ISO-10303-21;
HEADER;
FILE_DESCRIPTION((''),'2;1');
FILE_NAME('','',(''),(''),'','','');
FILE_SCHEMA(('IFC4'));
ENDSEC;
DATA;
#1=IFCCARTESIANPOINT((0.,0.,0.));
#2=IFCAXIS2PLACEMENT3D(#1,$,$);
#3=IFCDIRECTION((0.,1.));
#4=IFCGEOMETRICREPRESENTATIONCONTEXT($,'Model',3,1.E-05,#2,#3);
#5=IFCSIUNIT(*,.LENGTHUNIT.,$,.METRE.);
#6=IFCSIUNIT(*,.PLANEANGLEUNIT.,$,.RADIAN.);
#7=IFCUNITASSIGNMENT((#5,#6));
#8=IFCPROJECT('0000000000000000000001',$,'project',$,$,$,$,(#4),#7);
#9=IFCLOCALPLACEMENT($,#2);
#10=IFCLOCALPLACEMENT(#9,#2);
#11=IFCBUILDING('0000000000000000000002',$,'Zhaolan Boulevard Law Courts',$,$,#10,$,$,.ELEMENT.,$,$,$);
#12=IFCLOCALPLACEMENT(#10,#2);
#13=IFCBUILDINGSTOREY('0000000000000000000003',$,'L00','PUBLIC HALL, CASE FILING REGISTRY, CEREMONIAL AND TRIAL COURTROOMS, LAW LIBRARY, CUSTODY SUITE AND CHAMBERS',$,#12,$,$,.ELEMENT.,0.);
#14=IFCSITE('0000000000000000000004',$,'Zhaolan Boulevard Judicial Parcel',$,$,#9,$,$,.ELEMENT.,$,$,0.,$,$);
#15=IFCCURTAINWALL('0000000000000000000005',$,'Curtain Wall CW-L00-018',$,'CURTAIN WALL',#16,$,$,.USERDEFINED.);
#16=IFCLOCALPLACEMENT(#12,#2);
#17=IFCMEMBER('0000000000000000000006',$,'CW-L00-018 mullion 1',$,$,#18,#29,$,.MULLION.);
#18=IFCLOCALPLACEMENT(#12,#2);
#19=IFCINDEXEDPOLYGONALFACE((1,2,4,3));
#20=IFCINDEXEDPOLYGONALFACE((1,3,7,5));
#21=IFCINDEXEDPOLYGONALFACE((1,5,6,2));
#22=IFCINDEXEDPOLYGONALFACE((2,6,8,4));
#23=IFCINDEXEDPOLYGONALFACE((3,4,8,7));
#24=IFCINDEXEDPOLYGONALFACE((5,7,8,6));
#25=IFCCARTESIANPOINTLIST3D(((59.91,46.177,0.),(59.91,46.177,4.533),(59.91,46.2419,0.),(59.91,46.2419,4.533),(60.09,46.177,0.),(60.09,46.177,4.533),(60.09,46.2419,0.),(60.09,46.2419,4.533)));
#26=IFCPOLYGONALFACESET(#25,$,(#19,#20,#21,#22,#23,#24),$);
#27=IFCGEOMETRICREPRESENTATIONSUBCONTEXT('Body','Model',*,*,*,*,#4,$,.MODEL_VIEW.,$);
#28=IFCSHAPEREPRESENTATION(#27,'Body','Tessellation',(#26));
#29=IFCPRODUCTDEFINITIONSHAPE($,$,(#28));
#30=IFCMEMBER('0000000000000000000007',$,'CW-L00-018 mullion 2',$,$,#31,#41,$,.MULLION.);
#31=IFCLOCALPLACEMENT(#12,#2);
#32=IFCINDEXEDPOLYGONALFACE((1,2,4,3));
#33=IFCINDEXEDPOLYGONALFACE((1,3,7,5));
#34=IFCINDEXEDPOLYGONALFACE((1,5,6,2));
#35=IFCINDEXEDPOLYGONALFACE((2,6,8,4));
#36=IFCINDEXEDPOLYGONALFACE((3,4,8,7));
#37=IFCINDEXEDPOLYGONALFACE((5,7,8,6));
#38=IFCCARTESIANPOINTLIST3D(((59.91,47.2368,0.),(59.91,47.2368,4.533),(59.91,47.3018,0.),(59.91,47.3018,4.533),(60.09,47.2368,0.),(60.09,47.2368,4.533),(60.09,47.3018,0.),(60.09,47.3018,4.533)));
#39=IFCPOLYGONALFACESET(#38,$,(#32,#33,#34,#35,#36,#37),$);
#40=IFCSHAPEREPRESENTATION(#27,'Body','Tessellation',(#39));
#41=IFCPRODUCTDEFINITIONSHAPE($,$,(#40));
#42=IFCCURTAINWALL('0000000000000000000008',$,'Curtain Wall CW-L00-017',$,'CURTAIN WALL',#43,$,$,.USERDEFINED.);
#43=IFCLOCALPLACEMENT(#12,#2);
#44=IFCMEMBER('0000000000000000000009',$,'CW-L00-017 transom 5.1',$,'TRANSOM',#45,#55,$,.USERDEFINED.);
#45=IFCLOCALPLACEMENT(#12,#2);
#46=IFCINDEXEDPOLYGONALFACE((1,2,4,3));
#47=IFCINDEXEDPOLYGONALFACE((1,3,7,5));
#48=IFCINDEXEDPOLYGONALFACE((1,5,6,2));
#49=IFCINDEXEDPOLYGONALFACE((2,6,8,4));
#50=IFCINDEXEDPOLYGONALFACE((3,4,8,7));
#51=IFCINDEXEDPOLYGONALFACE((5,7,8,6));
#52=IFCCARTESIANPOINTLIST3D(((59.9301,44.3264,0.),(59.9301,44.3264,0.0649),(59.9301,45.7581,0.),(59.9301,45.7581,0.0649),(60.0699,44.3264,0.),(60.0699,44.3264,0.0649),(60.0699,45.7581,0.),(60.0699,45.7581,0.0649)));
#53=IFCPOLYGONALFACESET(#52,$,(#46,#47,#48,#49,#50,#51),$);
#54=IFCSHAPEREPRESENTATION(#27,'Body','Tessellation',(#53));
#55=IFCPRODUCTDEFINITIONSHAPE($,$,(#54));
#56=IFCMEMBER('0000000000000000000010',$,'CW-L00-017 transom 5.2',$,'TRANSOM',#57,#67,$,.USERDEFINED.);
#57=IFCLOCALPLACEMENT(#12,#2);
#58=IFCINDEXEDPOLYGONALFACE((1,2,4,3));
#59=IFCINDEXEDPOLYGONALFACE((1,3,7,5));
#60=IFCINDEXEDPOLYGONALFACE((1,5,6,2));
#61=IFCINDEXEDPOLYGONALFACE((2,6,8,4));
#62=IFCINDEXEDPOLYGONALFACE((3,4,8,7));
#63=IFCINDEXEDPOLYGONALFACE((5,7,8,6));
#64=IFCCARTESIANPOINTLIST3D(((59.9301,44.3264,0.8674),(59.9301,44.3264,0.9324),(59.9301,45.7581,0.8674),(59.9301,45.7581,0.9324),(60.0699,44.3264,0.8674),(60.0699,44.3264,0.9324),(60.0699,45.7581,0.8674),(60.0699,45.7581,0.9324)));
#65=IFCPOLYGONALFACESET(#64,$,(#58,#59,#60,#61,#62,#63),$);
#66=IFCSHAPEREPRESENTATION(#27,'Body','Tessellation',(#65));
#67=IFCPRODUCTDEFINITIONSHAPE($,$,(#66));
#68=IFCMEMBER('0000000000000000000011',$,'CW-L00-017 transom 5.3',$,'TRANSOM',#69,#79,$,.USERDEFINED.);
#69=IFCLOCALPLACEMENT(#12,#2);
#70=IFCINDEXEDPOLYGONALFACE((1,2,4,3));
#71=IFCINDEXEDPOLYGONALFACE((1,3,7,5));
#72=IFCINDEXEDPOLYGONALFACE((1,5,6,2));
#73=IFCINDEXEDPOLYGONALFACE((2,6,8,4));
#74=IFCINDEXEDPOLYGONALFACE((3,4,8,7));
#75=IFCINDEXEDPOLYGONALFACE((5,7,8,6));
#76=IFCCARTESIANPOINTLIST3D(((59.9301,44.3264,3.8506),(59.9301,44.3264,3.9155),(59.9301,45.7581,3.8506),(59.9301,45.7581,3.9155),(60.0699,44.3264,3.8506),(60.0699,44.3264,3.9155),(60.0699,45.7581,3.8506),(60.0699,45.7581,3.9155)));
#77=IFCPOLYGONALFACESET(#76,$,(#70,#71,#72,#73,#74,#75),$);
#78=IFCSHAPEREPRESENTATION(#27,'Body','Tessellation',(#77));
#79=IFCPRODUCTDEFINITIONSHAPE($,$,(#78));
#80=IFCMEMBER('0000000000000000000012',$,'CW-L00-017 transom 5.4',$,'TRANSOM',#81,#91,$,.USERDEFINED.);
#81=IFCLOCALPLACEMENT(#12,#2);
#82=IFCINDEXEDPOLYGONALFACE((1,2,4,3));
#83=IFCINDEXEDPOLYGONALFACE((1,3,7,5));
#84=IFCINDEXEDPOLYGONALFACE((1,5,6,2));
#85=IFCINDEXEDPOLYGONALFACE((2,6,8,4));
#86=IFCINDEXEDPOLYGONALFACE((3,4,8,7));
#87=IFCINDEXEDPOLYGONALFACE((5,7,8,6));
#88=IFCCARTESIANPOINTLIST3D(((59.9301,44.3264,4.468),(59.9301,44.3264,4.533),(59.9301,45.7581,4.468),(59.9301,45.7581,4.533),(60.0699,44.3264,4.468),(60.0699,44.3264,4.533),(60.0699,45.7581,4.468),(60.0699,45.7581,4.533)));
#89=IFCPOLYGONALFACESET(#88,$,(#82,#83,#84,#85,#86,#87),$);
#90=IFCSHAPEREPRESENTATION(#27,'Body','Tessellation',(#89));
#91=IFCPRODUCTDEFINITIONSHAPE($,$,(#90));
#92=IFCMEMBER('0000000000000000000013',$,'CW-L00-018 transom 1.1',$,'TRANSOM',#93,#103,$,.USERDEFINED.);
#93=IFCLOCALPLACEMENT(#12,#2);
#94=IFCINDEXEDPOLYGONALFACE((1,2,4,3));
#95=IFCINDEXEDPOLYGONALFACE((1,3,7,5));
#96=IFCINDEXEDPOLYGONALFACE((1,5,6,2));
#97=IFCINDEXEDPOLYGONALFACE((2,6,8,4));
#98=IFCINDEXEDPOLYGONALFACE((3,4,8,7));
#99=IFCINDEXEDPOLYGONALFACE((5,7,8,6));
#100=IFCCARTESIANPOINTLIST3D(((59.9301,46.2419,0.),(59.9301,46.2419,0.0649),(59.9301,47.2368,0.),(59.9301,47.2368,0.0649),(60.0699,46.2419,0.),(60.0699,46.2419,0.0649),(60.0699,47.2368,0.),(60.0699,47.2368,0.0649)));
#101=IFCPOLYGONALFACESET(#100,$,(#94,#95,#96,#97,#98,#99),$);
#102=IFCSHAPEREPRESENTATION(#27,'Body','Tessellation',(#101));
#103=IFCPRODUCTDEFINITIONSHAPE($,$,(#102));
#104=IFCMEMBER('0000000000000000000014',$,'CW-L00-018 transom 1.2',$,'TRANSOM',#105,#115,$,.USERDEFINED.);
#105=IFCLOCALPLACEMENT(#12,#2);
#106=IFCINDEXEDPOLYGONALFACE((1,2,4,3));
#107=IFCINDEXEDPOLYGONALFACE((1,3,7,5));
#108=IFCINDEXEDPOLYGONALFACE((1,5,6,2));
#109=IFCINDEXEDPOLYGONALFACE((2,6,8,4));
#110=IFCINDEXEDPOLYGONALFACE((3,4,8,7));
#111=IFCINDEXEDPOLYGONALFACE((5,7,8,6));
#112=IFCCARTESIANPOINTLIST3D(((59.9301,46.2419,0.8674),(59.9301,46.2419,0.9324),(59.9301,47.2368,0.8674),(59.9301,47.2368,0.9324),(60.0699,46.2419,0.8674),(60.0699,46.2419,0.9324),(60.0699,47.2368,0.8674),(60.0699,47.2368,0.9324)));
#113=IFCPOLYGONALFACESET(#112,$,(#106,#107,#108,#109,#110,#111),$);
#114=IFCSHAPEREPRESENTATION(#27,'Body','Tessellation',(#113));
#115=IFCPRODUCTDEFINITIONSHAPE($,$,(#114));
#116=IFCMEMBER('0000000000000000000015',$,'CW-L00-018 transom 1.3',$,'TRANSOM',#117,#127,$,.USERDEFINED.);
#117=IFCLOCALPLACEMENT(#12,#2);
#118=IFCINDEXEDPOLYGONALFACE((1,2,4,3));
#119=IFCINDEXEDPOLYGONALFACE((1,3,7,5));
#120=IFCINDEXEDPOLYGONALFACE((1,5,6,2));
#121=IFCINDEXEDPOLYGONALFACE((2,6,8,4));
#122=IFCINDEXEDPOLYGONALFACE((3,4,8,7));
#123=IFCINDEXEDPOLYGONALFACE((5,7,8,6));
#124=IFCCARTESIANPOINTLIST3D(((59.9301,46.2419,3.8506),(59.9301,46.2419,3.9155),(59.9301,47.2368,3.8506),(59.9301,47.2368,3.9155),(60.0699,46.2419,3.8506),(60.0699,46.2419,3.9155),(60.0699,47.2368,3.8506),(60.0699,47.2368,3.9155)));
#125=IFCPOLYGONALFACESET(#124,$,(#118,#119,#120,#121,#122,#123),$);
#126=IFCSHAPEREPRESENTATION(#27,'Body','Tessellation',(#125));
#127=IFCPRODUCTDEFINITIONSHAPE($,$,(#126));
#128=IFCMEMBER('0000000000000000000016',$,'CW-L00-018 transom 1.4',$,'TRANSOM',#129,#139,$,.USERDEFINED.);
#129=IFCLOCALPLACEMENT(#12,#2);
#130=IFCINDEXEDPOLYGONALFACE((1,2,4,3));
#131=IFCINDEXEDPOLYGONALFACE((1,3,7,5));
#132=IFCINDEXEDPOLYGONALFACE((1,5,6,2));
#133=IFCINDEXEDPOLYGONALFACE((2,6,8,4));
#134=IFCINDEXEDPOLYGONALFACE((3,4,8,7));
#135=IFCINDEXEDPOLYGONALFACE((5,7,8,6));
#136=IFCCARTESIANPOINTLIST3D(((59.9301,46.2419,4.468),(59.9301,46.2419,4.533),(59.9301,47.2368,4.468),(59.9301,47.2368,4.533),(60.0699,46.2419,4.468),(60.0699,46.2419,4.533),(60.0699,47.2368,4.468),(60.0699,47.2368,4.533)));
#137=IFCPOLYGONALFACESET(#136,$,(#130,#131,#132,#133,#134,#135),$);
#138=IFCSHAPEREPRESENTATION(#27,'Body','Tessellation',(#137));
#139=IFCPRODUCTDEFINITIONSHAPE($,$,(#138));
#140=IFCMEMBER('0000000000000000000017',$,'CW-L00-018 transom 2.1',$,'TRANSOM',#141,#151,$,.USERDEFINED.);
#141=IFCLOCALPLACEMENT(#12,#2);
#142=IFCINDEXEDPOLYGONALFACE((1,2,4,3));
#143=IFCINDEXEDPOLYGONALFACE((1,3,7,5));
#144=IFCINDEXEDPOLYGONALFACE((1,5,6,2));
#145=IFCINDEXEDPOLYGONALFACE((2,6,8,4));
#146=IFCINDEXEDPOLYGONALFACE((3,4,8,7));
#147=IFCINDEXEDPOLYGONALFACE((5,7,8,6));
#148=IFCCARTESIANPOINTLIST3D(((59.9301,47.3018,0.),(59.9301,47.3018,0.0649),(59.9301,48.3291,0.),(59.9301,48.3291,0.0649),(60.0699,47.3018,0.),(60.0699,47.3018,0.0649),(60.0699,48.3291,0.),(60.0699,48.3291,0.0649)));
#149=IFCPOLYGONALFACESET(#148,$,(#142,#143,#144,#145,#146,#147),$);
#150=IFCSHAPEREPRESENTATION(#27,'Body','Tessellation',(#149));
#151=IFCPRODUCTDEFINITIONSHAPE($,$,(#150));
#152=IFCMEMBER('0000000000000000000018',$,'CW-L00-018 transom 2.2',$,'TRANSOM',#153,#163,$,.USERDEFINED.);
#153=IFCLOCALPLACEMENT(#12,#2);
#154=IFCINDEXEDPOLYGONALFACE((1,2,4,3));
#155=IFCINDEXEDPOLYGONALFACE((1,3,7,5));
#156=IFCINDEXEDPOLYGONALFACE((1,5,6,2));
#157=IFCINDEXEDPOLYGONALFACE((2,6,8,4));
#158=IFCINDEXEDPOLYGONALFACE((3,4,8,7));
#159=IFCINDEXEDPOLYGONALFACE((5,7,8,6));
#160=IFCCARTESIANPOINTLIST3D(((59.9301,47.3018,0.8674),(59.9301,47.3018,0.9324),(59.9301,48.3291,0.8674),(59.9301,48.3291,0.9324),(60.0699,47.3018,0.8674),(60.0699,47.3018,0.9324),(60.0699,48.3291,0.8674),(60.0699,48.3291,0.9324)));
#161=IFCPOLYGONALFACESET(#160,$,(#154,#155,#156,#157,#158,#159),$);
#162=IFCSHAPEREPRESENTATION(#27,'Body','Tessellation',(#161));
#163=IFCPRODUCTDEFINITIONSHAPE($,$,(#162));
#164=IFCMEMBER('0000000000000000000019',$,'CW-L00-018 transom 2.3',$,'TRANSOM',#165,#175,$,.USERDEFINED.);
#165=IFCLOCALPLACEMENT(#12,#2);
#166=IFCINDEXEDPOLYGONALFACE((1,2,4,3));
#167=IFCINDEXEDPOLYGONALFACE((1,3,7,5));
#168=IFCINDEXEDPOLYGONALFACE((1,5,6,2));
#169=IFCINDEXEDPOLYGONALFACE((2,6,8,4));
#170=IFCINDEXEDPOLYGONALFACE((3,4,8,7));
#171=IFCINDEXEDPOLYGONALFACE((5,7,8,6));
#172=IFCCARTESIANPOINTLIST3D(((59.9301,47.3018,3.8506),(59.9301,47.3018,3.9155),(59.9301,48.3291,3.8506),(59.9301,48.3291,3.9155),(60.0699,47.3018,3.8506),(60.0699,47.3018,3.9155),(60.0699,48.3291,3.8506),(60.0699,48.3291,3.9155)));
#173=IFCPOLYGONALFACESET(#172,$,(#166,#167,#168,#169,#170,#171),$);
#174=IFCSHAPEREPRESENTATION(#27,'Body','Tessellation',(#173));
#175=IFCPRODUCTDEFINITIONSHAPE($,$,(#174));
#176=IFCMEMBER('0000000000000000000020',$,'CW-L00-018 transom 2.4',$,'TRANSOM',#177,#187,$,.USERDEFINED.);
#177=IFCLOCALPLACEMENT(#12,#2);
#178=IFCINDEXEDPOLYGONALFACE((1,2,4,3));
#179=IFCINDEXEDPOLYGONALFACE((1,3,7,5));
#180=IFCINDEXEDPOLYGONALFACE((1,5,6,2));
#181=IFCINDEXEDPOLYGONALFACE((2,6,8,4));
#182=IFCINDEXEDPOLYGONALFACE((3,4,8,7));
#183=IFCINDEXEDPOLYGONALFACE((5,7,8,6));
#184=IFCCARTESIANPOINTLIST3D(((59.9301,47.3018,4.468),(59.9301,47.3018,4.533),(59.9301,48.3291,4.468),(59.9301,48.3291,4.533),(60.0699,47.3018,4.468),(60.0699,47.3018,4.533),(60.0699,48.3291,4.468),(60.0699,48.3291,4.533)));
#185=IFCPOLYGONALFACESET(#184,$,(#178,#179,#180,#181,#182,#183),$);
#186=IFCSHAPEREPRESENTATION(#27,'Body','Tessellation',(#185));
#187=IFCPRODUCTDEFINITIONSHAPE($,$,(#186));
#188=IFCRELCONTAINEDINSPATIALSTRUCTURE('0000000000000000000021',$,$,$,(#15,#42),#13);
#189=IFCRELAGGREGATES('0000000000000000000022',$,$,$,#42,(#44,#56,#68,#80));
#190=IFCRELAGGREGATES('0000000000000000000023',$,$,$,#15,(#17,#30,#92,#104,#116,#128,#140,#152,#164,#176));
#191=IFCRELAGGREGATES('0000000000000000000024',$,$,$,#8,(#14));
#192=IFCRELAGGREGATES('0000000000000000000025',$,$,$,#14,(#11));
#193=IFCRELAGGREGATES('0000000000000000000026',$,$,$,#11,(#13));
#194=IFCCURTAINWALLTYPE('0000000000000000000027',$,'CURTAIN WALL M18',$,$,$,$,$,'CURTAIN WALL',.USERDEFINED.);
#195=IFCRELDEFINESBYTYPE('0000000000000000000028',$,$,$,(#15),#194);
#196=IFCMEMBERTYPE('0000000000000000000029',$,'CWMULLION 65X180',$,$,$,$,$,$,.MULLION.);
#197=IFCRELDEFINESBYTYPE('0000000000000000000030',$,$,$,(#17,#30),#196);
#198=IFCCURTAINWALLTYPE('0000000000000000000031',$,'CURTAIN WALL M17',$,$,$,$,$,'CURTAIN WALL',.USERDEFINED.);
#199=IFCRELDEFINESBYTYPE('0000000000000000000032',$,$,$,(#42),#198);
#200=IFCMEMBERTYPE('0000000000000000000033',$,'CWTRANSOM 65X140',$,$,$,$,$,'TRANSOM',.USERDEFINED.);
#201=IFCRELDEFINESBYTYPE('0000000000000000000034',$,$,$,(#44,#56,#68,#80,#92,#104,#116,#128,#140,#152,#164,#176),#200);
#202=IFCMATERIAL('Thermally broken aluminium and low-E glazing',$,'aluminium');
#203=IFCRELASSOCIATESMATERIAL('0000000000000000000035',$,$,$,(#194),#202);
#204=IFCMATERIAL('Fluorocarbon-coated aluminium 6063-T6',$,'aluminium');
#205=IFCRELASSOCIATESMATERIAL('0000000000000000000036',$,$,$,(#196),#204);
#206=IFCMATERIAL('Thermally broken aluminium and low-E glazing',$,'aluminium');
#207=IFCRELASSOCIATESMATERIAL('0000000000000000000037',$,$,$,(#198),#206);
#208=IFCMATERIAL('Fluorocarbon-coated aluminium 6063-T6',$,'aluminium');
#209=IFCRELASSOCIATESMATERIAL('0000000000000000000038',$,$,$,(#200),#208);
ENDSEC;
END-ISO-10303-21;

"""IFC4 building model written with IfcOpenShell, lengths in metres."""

from ifc_helpers import new_model, si_unit, direction, frame, origin, origin_2d, place, context, subcontext, project, spatial, rectangle, extrude, material, material_profile, profile_set, type_object, element, aggregate, save


model = new_model("IFC4")

# Units and contexts
model_context = context("Model", 3, precision=1e-05, world=origin(), true_north=direction((0.0, 1.0)))
body_context = subcontext(model_context, "Body", "Model", "MODEL_VIEW")
ifc_project = project(units=[si_unit("LENGTHUNIT", "METRE"), si_unit("PLANEANGLEUNIT", "RADIAN")], contexts=[model_context])

# Site, building, storey
site_placement = place(None, origin())
site = spatial("IfcSite", under=ifc_project, at=site_placement, Name="Zhaolan Boulevard Judicial Parcel", CompositionType="ELEMENT", RefElevation=0.0)
building_placement = place(site_placement, origin())
building = spatial("IfcBuilding", under=site, at=building_placement, Name="Zhaolan Boulevard Law Courts", CompositionType="ELEMENT")
storey_placement = place(building_placement, origin())
storey = spatial("IfcBuildingStorey", under=building, at=storey_placement, Name="L00", Description="PUBLIC HALL, CASE FILING REGISTRY, CEREMONIAL AND TRIAL COURTROOMS, LAW LIBRARY, CUSTODY SUITE AND CHAMBERS", CompositionType="ELEMENT", Elevation=0.0)

# Curtain walls, members
ifc_material_1 = material(Name="Thermally broken aluminium and low-E glazing", Category="aluminium")
curtain_wall_type_1 = type_object("IfcCurtainWallType", Name="CURTAIN WALL M18", ElementType="CURTAIN WALL", PredefinedType="USERDEFINED", material=ifc_material_1)
curtain_wall_1_placement = place(storey_placement, origin())
curtain_wall_1 = element("IfcCurtainWall", 1, at=curtain_wall_1_placement, inside=storey, type_object=curtain_wall_type_1, Name="Curtain Wall CW-L00-018", ObjectType="CURTAIN WALL", PredefinedType="USERDEFINED")
ifc_material_2 = material(Name="Fluorocarbon-coated aluminium 6063-T6", Category="aluminium")
ifc_material_profile_1 = material_profile(ifc_material_2, rectangle(XDim=0.1799, YDim=0.0649, at=origin_2d()), Name="AL65x180")
ifc_profile_set_1 = profile_set([ifc_material_profile_1], Name="Fluorocarbon-coated aluminium 6063-T6")
member_type_1 = type_object("IfcMemberType", Name="CWMULLION 65X180", PredefinedType="MULLION", material=ifc_profile_set_1)
member_1_placement = place(storey_placement, frame((60.0, 46.2095, 0.0), z_axis=(0.0, 0.0, 1.0), x_axis=(-1.0, 0.0, 0.0)))
member_1 = element("IfcMember", 2, at=member_1_placement, type_object=member_type_1, Name="CW-L00-018 mullion 1", PredefinedType="MULLION", context=body_context, shape_type="SweptSolid", body=[
    extrude(rectangle(XDim=0.1799, YDim=0.0649, at=origin_2d()), origin(), (0.0, 0.0, 1.0), 4.533),
])
member_2_placement = place(storey_placement, frame((60.0, 47.2693, 0.0), z_axis=(0.0, 0.0, 1.0), x_axis=(-1.0, 0.0, 0.0)))
member_2 = element("IfcMember", 3, at=member_2_placement, type_object=member_type_1, Name="CW-L00-018 mullion 2", PredefinedType="MULLION", context=body_context, shape_type="SweptSolid", body=[
    extrude(rectangle(XDim=0.1799, YDim=0.0649, at=origin_2d()), origin(), (0.0, 0.0, 1.0), 4.533),
])
ifc_material_3 = material(Name="Thermally broken aluminium and low-E glazing", Category="aluminium")
curtain_wall_type_2 = type_object("IfcCurtainWallType", Name="CURTAIN WALL M17", ElementType="CURTAIN WALL", PredefinedType="USERDEFINED", material=ifc_material_3)
curtain_wall_2_placement = place(storey_placement, origin())
curtain_wall_2 = element("IfcCurtainWall", 4, at=curtain_wall_2_placement, inside=storey, type_object=curtain_wall_type_2, Name="Curtain Wall CW-L00-017", ObjectType="CURTAIN WALL", PredefinedType="USERDEFINED")
ifc_material_4 = material(Name="Fluorocarbon-coated aluminium 6063-T6", Category="aluminium")
ifc_material_profile_2 = material_profile(ifc_material_4, rectangle(XDim=0.1399, YDim=0.0649, at=origin_2d()), Name="AL65x140")
ifc_profile_set_2 = profile_set([ifc_material_profile_2], Name="Fluorocarbon-coated aluminium 6063-T6")
member_type_2 = type_object("IfcMemberType", Name="CWTRANSOM 65X140", ElementType="TRANSOM", PredefinedType="USERDEFINED", material=ifc_profile_set_2)
member_3_placement = place(storey_placement, frame((60.0, 44.3264, 0.0325), z_axis=(0.0, 1.0, 0.0), x_axis=(-1.0, 0.0, 0.0)))
member_3 = element("IfcMember", 5, at=member_3_placement, type_object=member_type_2, Name="CW-L00-017 transom 5.1", ObjectType="TRANSOM", PredefinedType="USERDEFINED", context=body_context, shape_type="SweptSolid", body=[
    extrude(rectangle(XDim=0.1399, YDim=0.0649, at=origin_2d()), origin(), (0.0, 0.0, 1.0), 1.4316),
])
member_4_placement = place(storey_placement, frame((60.0, 44.3264, 0.8999), z_axis=(0.0, 1.0, 0.0), x_axis=(-1.0, 0.0, 0.0)))
member_4 = element("IfcMember", 6, at=member_4_placement, type_object=member_type_2, Name="CW-L00-017 transom 5.2", ObjectType="TRANSOM", PredefinedType="USERDEFINED", context=body_context, shape_type="SweptSolid", body=[
    extrude(rectangle(XDim=0.1399, YDim=0.0649, at=origin_2d()), origin(), (0.0, 0.0, 1.0), 1.4316),
])
member_5_placement = place(storey_placement, frame((60.0, 44.3264, 3.8831), z_axis=(0.0, 1.0, 0.0), x_axis=(-1.0, 0.0, 0.0)))
member_5 = element("IfcMember", 7, at=member_5_placement, type_object=member_type_2, Name="CW-L00-017 transom 5.3", ObjectType="TRANSOM", PredefinedType="USERDEFINED", context=body_context, shape_type="SweptSolid", body=[
    extrude(rectangle(XDim=0.1399, YDim=0.0649, at=origin_2d()), origin(), (0.0, 0.0, 1.0), 1.4316),
])
member_6_placement = place(storey_placement, frame((60.0, 44.3264, 4.5005), z_axis=(0.0, 1.0, 0.0), x_axis=(-1.0, 0.0, 0.0)))
member_6 = element("IfcMember", 8, at=member_6_placement, type_object=member_type_2, Name="CW-L00-017 transom 5.4", ObjectType="TRANSOM", PredefinedType="USERDEFINED", context=body_context, shape_type="SweptSolid", body=[
    extrude(rectangle(XDim=0.1399, YDim=0.0649, at=origin_2d()), origin(), (0.0, 0.0, 1.0), 1.4316),
])

# Members
member_7_placement = place(storey_placement, frame((60.0, 46.2419, 0.0325), z_axis=(0.0, 1.0, 0.0), x_axis=(-1.0, 0.0, 0.0)))
member_7 = element("IfcMember", 9, at=member_7_placement, type_object=member_type_2, Name="CW-L00-018 transom 1.1", ObjectType="TRANSOM", PredefinedType="USERDEFINED", context=body_context, shape_type="SweptSolid", body=[
    extrude(rectangle(XDim=0.1399, YDim=0.0649, at=origin_2d()), origin(), (0.0, 0.0, 1.0), 0.9949),
])
member_8_placement = place(storey_placement, frame((60.0, 46.2419, 0.8999), z_axis=(0.0, 1.0, 0.0), x_axis=(-1.0, 0.0, 0.0)))
member_8 = element("IfcMember", 10, at=member_8_placement, type_object=member_type_2, Name="CW-L00-018 transom 1.2", ObjectType="TRANSOM", PredefinedType="USERDEFINED", context=body_context, shape_type="SweptSolid", body=[
    extrude(rectangle(XDim=0.1399, YDim=0.0649, at=origin_2d()), origin(), (0.0, 0.0, 1.0), 0.9949),
])
member_9_placement = place(storey_placement, frame((60.0, 46.2419, 3.8831), z_axis=(0.0, 1.0, 0.0), x_axis=(-1.0, 0.0, 0.0)))
member_9 = element("IfcMember", 11, at=member_9_placement, type_object=member_type_2, Name="CW-L00-018 transom 1.3", ObjectType="TRANSOM", PredefinedType="USERDEFINED", context=body_context, shape_type="SweptSolid", body=[
    extrude(rectangle(XDim=0.1399, YDim=0.0649, at=origin_2d()), origin(), (0.0, 0.0, 1.0), 0.9949),
])
member_10_placement = place(storey_placement, frame((60.0, 46.2419, 4.5005), z_axis=(0.0, 1.0, 0.0), x_axis=(-1.0, 0.0, 0.0)))
member_10 = element("IfcMember", 12, at=member_10_placement, type_object=member_type_2, Name="CW-L00-018 transom 1.4", ObjectType="TRANSOM", PredefinedType="USERDEFINED", context=body_context, shape_type="SweptSolid", body=[
    extrude(rectangle(XDim=0.1399, YDim=0.0649, at=origin_2d()), origin(), (0.0, 0.0, 1.0), 0.9949),
])
member_11_placement = place(storey_placement, frame((60.0, 47.3018, 0.0325), z_axis=(0.0, 1.0, 0.0), x_axis=(-1.0, 0.0, 0.0)))
member_11 = element("IfcMember", 13, at=member_11_placement, type_object=member_type_2, Name="CW-L00-018 transom 2.1", ObjectType="TRANSOM", PredefinedType="USERDEFINED", context=body_context, shape_type="SweptSolid", body=[
    extrude(rectangle(XDim=0.1399, YDim=0.0649, at=origin_2d()), origin(), (0.0, 0.0, 1.0), 1.0273),
])
member_12_placement = place(storey_placement, frame((60.0, 47.3018, 0.8999), z_axis=(0.0, 1.0, 0.0), x_axis=(-1.0, 0.0, 0.0)))
member_12 = element("IfcMember", 14, at=member_12_placement, type_object=member_type_2, Name="CW-L00-018 transom 2.2", ObjectType="TRANSOM", PredefinedType="USERDEFINED", context=body_context, shape_type="SweptSolid", body=[
    extrude(rectangle(XDim=0.1399, YDim=0.0649, at=origin_2d()), origin(), (0.0, 0.0, 1.0), 1.0273),
])
member_13_placement = place(storey_placement, frame((60.0, 47.3018, 3.8831), z_axis=(0.0, 1.0, 0.0), x_axis=(-1.0, 0.0, 0.0)))
member_13 = element("IfcMember", 15, at=member_13_placement, type_object=member_type_2, Name="CW-L00-018 transom 2.3", ObjectType="TRANSOM", PredefinedType="USERDEFINED", context=body_context, shape_type="SweptSolid", body=[
    extrude(rectangle(XDim=0.1399, YDim=0.0649, at=origin_2d()), origin(), (0.0, 0.0, 1.0), 1.0273),
])
member_14_placement = place(storey_placement, frame((60.0, 47.3018, 4.5005), z_axis=(0.0, 1.0, 0.0), x_axis=(-1.0, 0.0, 0.0)))
member_14 = element("IfcMember", 16, at=member_14_placement, type_object=member_type_2, Name="CW-L00-018 transom 2.4", ObjectType="TRANSOM", PredefinedType="USERDEFINED", context=body_context, shape_type="SweptSolid", body=[
    extrude(rectangle(XDim=0.1399, YDim=0.0649, at=origin_2d()), origin(), (0.0, 0.0, 1.0), 1.0273),
])

aggregate(curtain_wall_2, [member_3, member_4, member_5, member_6])
aggregate(curtain_wall_1, [member_1, member_2, member_7, member_8, member_9, member_10, member_11, member_12, member_13, member_14])

save(model, "model.ifc")
